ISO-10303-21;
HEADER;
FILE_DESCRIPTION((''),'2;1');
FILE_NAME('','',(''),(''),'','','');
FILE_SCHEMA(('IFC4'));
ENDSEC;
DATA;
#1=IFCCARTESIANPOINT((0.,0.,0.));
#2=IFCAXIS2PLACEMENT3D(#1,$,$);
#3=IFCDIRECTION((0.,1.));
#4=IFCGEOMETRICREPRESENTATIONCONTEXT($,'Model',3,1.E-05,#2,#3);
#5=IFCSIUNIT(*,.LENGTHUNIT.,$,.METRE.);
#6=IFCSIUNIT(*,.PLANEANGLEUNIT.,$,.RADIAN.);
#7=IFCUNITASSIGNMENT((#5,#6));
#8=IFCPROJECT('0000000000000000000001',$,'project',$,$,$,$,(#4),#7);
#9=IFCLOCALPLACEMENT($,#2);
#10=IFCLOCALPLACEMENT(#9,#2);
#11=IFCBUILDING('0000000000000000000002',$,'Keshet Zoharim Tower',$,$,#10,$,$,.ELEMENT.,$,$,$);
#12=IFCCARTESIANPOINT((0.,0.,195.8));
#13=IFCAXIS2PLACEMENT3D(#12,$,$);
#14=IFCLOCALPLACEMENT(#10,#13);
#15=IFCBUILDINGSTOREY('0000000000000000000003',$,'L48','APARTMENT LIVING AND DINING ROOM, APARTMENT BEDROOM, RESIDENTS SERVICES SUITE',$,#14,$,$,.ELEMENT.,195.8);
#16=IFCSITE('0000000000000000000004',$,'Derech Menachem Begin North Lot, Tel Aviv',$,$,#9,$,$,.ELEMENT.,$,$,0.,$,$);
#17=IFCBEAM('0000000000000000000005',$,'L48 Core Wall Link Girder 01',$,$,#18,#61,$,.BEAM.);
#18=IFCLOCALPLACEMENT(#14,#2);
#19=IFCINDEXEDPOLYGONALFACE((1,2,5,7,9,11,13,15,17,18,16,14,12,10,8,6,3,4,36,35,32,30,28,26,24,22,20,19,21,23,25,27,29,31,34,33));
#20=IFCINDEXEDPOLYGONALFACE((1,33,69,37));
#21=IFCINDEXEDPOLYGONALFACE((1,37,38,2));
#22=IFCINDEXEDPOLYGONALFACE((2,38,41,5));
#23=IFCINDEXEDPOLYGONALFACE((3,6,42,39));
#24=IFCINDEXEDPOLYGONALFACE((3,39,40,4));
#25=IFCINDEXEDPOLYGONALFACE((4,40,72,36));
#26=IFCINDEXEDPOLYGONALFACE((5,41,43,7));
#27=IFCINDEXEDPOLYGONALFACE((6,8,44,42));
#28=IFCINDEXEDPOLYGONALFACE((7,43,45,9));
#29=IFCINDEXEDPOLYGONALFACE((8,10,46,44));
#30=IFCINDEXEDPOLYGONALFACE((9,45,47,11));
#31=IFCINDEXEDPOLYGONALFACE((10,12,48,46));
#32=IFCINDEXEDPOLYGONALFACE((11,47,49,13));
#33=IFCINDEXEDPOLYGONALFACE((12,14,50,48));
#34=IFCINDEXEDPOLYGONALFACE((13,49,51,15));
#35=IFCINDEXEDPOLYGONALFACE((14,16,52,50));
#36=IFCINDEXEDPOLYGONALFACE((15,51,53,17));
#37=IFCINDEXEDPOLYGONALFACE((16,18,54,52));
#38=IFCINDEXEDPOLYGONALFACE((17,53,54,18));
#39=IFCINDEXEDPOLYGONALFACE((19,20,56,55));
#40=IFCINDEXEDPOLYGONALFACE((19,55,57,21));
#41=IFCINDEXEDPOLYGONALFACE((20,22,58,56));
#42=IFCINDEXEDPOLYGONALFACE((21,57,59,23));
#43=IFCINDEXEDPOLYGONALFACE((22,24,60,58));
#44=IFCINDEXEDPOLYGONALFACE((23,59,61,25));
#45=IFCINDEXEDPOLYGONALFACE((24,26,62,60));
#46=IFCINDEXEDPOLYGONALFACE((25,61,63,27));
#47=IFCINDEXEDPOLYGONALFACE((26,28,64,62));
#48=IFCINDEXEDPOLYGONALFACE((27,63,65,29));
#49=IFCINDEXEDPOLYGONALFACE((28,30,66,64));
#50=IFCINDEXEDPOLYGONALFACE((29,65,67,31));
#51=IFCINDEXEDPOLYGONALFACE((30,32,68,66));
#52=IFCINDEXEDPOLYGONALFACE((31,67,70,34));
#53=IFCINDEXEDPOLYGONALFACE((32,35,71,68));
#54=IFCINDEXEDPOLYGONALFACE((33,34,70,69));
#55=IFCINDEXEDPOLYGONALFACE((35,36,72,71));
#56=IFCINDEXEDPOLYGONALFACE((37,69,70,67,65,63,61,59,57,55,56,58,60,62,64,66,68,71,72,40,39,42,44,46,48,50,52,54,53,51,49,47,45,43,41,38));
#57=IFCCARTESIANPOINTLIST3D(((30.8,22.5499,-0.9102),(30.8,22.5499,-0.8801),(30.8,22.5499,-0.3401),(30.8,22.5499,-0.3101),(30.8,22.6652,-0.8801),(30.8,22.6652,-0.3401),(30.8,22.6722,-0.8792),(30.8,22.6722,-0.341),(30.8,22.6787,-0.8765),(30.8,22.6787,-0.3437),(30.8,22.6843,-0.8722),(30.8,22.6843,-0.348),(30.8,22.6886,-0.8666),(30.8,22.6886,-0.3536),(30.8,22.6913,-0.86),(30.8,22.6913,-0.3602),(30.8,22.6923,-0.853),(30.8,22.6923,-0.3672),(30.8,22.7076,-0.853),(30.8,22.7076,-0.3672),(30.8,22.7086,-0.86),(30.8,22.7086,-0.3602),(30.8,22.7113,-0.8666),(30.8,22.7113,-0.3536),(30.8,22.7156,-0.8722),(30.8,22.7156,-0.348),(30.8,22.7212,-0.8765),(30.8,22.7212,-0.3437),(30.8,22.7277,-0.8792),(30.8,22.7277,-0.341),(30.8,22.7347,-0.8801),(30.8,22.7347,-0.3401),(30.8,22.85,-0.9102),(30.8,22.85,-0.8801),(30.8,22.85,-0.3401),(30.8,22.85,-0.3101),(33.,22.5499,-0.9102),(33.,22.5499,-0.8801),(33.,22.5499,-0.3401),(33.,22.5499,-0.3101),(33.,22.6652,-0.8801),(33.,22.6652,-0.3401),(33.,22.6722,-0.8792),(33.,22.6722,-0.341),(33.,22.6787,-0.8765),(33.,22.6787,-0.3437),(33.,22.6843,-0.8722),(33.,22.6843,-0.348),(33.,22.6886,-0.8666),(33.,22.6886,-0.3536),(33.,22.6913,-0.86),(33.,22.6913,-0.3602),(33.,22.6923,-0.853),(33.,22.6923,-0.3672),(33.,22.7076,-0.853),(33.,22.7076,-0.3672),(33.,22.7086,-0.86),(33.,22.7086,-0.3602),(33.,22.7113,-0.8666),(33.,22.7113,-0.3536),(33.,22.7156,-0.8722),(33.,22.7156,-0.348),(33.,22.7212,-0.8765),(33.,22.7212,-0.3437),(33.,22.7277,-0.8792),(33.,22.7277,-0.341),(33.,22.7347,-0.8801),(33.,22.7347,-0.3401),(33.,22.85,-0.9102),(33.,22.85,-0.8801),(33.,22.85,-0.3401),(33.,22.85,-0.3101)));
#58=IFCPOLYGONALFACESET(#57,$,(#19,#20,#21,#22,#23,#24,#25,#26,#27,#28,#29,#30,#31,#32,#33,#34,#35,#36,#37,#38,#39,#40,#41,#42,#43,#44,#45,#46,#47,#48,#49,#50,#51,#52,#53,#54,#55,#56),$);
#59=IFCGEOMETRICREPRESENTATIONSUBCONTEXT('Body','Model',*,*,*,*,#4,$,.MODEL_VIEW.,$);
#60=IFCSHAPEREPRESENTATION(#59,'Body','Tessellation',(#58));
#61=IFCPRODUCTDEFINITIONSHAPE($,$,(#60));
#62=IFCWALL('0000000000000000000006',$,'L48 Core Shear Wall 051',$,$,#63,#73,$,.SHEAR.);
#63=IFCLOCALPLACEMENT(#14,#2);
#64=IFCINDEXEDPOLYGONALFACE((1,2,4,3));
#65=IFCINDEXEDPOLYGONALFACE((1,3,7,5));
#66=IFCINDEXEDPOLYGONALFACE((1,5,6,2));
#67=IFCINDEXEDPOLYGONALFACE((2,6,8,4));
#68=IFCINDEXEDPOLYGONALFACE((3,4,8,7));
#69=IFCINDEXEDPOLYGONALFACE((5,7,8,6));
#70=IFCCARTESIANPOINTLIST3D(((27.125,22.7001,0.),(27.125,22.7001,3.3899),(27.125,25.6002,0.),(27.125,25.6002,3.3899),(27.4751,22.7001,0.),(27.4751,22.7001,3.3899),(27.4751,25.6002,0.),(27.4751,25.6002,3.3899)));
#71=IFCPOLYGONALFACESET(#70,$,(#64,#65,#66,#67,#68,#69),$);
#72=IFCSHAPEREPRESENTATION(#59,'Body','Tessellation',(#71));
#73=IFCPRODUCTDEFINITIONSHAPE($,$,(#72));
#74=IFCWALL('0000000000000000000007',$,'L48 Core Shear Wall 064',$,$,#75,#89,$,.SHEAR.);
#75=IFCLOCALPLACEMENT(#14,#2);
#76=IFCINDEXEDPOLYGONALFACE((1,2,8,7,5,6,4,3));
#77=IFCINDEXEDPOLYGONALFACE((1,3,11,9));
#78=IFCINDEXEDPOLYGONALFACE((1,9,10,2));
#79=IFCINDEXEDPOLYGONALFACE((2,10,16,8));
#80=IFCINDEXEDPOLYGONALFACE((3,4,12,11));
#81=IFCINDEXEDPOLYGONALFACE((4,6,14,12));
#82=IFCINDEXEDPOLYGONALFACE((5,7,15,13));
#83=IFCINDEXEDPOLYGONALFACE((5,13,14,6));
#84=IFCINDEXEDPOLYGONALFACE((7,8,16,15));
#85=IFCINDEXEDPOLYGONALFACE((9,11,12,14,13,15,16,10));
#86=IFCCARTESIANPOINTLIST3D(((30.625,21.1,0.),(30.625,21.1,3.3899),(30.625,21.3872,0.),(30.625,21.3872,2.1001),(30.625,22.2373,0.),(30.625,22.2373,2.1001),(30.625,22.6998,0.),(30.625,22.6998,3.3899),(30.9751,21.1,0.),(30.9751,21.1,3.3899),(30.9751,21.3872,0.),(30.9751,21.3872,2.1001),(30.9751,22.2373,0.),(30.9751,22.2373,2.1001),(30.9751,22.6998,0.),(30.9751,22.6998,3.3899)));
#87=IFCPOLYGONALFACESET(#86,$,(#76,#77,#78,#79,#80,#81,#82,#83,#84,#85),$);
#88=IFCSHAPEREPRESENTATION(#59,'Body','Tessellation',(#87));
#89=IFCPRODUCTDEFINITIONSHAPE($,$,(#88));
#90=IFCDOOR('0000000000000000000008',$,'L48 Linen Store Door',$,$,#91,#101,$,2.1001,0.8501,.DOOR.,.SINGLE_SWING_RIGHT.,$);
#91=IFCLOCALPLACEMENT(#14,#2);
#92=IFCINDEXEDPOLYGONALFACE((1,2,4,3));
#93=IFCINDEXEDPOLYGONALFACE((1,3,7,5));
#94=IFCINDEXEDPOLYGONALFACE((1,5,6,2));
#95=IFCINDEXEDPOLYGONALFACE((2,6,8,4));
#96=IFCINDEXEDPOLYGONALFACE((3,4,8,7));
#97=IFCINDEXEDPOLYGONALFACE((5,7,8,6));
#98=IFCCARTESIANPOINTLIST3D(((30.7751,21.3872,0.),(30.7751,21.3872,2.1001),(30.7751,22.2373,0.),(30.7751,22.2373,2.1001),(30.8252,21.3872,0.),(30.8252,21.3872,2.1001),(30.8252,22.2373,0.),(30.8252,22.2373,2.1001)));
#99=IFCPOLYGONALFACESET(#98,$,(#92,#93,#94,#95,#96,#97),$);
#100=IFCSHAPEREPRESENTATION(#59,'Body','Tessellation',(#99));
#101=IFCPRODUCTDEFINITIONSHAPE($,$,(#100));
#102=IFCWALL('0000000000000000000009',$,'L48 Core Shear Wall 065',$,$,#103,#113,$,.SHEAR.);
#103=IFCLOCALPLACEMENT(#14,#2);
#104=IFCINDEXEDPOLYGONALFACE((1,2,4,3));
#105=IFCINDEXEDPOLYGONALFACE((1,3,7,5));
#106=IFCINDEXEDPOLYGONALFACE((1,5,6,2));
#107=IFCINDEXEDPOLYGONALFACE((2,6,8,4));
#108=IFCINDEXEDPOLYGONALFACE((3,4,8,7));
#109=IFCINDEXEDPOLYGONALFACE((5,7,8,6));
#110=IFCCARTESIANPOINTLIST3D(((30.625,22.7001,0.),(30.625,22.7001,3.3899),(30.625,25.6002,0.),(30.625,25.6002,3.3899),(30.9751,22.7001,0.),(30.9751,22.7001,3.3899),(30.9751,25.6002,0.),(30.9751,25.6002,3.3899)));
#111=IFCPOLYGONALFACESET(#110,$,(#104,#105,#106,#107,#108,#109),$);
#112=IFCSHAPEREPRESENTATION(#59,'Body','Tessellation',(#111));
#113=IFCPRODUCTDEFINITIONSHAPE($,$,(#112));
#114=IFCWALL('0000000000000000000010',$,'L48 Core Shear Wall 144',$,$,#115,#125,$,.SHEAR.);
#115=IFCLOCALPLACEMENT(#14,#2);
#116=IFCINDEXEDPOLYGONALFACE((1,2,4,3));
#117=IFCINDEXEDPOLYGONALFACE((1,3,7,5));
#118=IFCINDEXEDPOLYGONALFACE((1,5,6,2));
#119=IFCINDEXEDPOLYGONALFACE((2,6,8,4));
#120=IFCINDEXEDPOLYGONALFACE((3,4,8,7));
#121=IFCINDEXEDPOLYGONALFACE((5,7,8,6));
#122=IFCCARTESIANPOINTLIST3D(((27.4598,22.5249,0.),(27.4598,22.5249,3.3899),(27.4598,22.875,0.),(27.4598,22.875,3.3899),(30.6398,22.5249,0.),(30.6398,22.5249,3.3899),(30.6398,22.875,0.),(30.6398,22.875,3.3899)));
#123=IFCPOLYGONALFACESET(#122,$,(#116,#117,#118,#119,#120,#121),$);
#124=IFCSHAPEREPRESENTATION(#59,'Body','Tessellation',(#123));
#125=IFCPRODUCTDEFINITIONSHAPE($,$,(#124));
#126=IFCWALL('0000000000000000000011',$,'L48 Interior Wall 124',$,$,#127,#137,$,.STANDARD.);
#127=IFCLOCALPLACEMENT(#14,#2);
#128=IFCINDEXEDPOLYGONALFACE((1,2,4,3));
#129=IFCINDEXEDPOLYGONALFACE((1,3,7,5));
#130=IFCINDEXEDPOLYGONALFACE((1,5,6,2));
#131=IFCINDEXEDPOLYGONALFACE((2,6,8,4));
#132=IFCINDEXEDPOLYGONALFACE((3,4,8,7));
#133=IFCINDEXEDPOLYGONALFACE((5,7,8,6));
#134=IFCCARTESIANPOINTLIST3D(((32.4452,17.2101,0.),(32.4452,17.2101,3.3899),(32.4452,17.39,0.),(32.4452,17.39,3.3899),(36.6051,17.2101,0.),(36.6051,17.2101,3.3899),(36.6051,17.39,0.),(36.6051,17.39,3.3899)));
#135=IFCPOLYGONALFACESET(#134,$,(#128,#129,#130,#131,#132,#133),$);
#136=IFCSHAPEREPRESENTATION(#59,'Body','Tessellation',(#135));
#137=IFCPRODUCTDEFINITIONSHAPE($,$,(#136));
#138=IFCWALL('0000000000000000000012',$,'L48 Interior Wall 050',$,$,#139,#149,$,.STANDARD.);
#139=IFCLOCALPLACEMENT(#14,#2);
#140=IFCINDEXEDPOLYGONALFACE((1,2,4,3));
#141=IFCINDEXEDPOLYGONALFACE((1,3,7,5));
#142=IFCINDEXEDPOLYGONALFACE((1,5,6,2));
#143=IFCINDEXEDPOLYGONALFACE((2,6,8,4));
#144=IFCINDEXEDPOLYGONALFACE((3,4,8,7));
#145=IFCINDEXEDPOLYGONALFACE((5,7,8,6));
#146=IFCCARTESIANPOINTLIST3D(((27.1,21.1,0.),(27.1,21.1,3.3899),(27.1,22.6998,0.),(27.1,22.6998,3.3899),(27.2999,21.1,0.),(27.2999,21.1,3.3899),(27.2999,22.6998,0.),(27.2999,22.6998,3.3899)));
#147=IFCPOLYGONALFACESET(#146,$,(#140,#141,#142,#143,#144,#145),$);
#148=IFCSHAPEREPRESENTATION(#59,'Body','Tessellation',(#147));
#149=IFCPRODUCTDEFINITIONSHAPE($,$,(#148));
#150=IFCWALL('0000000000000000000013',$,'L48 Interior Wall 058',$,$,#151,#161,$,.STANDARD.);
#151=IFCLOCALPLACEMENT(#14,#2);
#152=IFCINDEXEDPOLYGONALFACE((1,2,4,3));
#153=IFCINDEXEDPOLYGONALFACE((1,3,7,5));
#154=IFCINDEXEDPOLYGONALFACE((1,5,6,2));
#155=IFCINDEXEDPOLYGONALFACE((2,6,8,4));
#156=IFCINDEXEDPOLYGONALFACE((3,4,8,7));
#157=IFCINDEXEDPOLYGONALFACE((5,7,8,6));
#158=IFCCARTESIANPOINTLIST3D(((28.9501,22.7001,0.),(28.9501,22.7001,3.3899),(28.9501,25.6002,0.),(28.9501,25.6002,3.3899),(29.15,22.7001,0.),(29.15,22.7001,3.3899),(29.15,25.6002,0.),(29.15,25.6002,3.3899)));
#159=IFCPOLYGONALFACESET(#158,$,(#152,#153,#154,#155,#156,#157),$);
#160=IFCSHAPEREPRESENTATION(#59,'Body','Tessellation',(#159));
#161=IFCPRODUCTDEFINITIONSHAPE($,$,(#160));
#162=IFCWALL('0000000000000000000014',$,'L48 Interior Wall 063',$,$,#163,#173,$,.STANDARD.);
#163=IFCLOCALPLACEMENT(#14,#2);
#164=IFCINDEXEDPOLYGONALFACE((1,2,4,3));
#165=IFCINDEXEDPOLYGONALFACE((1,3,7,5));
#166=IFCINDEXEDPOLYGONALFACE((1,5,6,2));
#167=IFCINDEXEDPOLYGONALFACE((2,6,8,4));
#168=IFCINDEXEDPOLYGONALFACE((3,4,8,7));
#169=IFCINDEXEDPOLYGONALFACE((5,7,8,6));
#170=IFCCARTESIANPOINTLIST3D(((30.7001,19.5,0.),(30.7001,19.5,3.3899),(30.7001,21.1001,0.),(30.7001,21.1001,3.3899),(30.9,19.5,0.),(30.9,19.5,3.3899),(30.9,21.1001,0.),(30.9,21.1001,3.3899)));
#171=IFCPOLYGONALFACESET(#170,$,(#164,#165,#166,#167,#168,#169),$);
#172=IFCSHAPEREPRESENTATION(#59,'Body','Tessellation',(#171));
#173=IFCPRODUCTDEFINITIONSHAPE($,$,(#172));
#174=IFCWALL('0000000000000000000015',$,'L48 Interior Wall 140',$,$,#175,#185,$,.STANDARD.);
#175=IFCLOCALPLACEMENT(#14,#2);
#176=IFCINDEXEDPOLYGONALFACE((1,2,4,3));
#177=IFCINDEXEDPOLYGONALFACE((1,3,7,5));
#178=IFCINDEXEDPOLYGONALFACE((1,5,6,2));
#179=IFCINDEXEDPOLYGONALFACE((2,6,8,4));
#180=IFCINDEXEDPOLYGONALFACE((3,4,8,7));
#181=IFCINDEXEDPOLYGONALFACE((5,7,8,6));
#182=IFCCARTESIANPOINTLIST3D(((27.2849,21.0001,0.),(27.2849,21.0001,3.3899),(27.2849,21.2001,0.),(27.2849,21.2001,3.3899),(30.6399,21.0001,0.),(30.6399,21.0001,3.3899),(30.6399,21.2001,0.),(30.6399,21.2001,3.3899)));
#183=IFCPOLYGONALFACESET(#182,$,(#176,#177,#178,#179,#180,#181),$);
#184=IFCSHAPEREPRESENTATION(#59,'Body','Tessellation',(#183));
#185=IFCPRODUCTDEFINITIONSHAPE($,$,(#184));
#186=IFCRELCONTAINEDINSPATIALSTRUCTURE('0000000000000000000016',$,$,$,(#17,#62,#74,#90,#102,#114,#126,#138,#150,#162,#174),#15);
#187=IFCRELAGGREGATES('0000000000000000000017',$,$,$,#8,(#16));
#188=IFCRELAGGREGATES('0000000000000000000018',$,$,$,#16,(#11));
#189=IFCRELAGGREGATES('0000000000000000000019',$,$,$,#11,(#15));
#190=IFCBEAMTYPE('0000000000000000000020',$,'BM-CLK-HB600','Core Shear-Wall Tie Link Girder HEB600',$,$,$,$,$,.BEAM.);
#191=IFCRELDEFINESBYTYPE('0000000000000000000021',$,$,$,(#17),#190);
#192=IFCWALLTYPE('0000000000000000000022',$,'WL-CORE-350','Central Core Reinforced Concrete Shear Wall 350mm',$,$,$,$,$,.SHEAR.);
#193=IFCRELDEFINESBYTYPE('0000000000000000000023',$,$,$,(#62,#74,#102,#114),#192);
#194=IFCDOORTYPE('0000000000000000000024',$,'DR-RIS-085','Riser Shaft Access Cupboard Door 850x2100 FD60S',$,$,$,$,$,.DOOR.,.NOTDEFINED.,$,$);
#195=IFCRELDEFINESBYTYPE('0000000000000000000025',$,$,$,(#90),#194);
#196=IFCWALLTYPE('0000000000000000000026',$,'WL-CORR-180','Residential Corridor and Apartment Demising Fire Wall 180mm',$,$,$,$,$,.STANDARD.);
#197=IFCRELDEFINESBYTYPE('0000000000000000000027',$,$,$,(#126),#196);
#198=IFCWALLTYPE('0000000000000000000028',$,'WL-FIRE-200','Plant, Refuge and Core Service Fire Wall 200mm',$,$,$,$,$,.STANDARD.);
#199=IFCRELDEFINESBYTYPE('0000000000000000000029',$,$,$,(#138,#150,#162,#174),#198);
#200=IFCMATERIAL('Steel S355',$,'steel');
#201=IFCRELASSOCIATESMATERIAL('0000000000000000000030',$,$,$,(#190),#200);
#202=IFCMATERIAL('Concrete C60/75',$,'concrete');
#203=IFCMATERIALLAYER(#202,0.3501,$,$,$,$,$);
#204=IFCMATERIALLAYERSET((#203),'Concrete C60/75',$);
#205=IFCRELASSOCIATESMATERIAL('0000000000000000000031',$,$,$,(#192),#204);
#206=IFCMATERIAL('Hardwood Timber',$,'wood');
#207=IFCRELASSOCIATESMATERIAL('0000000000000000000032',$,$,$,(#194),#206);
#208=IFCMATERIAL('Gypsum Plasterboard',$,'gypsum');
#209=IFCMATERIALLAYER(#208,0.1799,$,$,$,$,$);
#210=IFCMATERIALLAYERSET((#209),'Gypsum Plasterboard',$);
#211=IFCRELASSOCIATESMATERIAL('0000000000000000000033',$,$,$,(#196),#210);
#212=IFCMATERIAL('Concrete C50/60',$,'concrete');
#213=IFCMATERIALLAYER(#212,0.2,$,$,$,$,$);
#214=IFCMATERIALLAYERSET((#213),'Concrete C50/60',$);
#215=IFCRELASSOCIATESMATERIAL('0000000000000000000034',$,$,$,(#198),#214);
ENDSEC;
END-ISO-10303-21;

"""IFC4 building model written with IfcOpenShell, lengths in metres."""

from ifc_helpers import new_model, si_unit, direction, frame, frame_2d, origin, origin_2d, place, context, subcontext, project, spatial, rectangle, i_section, extrude, material, layer, layer_set, material_profile, profile_set, type_object, element, fill, save


model = new_model("IFC4")

# Units and contexts
model_context = context("Model", 3, precision=1e-05, world=origin(), true_north=direction((0.0, 1.0)))
body_context = subcontext(model_context, "Body", "Model", "MODEL_VIEW")
ifc_project = project(units=[si_unit("LENGTHUNIT", "METRE"), si_unit("PLANEANGLEUNIT", "RADIAN")], contexts=[model_context])

# Site, building, storey
site_placement = place(None, origin())
site = spatial("IfcSite", under=ifc_project, at=site_placement, Name="Derech Menachem Begin North Lot, Tel Aviv", CompositionType="ELEMENT", RefElevation=0.0)
building_placement = place(site_placement, origin())
building = spatial("IfcBuilding", under=site, at=building_placement, Name="Keshet Zoharim Tower", CompositionType="ELEMENT")
storey_placement = place(building_placement, frame((0.0, 0.0, 195.8)))
storey = spatial("IfcBuildingStorey", under=building, at=storey_placement, Name="L48", Description="APARTMENT LIVING AND DINING ROOM, APARTMENT BEDROOM, RESIDENTS SERVICES SUITE", CompositionType="ELEMENT", Elevation=195.8)

# Beam
ifc_material_1 = material(Name="Steel S355", Category="steel")
ifc_material_profile = material_profile(ifc_material_1, i_section(OverallWidth=0.3, OverallDepth=0.6001, WebThickness=0.0154, FlangeThickness=0.03, FilletRadius=0.0271, at=origin_2d()), Name="HEB600")
ifc_profile_set = profile_set([ifc_material_profile], Name="Steel S355")
beam_type = type_object("IfcBeamType", Name="BM-CLK-HB600", Description="Core Shear-Wall Tie Link Girder HEB600", PredefinedType="BEAM", material=ifc_profile_set)
beam_placement = place(storey_placement, frame((30.8, 22.7, -0.6101), z_axis=(1.0, 0.0, 0.0), x_axis=(0.0, 1.0, 0.0)))
element("IfcBeam", 1, at=beam_placement, inside=storey, type_object=beam_type, Name="L48 Core Wall Link Girder 01", PredefinedType="BEAM", context=body_context, shape_type="SweptSolid", body=[
    extrude(i_section(OverallWidth=0.3, OverallDepth=0.6001, WebThickness=0.0154, FlangeThickness=0.03, FilletRadius=0.0271, at=origin_2d()), origin(), (0.0, 0.0, 1.0), 2.2),
])

# Wall
ifc_material_2 = material(Name="Concrete C60/75", Category="concrete")
ifc_layer_1 = layer(ifc_material_2, 0.3501)
ifc_layer_set_1 = layer_set([ifc_layer_1], Name="Concrete C60/75")
wall_type_1 = type_object("IfcWallType", Name="WL-CORE-350", Description="Central Core Reinforced Concrete Shear Wall 350mm", PredefinedType="SHEAR", material=ifc_layer_set_1)
wall_1_placement = place(storey_placement, frame((27.3, 22.7, 0.0), z_axis=(0.0, 0.0, 1.0), x_axis=(0.0, 1.0, 0.0)))
element("IfcWall", 2, at=wall_1_placement, inside=storey, type_object=wall_type_1, Name="L48 Core Shear Wall 051", PredefinedType="SHEAR", context=body_context, shape_type="SweptSolid", body=[
    extrude(rectangle(XDim=2.9001, YDim=0.3501, at=frame_2d((1.4502, 0.0))), origin(), (0.0, 0.0, 1.0), 3.3899),
])

# Wall, opening, door
wall_2_placement = place(storey_placement, frame((30.8, 21.1001, 0.0), z_axis=(0.0, 0.0, 1.0), x_axis=(0.0, 1.0, 0.0)))
wall_2 = element("IfcWall", 3, at=wall_2_placement, inside=storey, type_object=wall_type_1, Name="L48 Core Shear Wall 064", PredefinedType="SHEAR", context=body_context, shape_type="SweptSolid", body=[
    extrude(rectangle(XDim=1.5999, YDim=0.3501, at=frame_2d((0.7998, 0.0))), origin(), (0.0, 0.0, 1.0), 3.3899),
])
opening_1_placement = place(wall_2_placement, frame((0.2871, 0.0, 0.0)))
opening_1 = element("IfcOpeningElement", 4, at=opening_1_placement, cuts=wall_2, PredefinedType="OPENING", context=body_context, shape_type="SweptSolid", body=[
    extrude(rectangle(XDim=0.8501, YDim=2.1001, at=frame_2d((0.425, 1.05))), frame((0.0, 0.1851, 0.0), z_axis=(0.0, -1.0, 0.0), x_axis=(1.0, 0.0, 0.0)), (0.0, 0.0, 1.0), 0.3701),
])
ifc_material_3 = material(Name="Hardwood Timber", Category="wood")
door_type_1 = type_object("IfcDoorType", Name="DR-RIS-085", Description="Riser Shaft Access Cupboard Door 850x2100 FD60S", OperationType="NOTDEFINED", PredefinedType="DOOR", material=ifc_material_3)
door_1_placement = place(opening_1_placement, origin())
door_1 = element("IfcDoor", 5, at=door_1_placement, inside=storey, type_object=door_type_1, Name="L48 Linen Store Door", OperationType="SINGLE_SWING_RIGHT", OverallHeight=2.1001, OverallWidth=0.8501, PredefinedType="DOOR", context=body_context, shape_type="SweptSolid", body=[
    extrude(rectangle(XDim=0.8501, YDim=2.1001, at=frame_2d((0.425, 1.05))), frame((0.0, 0.0249, 0.0), z_axis=(0.0, -1.0, 0.0), x_axis=(1.0, 0.0, 0.0)), (0.0, 0.0, 1.0), 0.05),
])
fill(opening_1, door_1)

# Walls
wall_3_placement = place(storey_placement, frame((30.8, 22.7, 0.0), z_axis=(0.0, 0.0, 1.0), x_axis=(0.0, 1.0, 0.0)))
element("IfcWall", 6, at=wall_3_placement, inside=storey, type_object=wall_type_1, Name="L48 Core Shear Wall 065", PredefinedType="SHEAR", context=body_context, shape_type="SweptSolid", body=[
    extrude(rectangle(XDim=2.9001, YDim=0.3501, at=frame_2d((1.4502, 0.0))), origin(), (0.0, 0.0, 1.0), 3.3899),
])
wall_4_placement = place(storey_placement, frame((27.46, 22.7, 0.0), z_axis=(0.0, 0.0, 1.0), x_axis=(1.0, 0.0, 0.0)))
element("IfcWall", 7, at=wall_4_placement, inside=storey, type_object=wall_type_1, Name="L48 Core Shear Wall 144", PredefinedType="SHEAR", context=body_context, shape_type="SweptSolid", body=[
    extrude(rectangle(XDim=3.1799, YDim=0.3501, at=frame_2d((1.5898, 0.0))), origin(), (0.0, 0.0, 1.0), 3.3899),
])

# Shared definitions
ifc_material_4 = material(Name="Gypsum Plasterboard", Category="gypsum")
ifc_layer_2 = layer(ifc_material_4, 0.1799)
ifc_layer_set_2 = layer_set([ifc_layer_2], Name="Gypsum Plasterboard")
wall_type_2 = type_object("IfcWallType", Name="WL-CORR-180", Description="Residential Corridor and Apartment Demising Fire Wall 180mm", PredefinedType="STANDARD", material=ifc_layer_set_2)

# Walls
wall_5_placement = place(storey_placement, frame((32.4451, 17.3, 0.0), z_axis=(0.0, 0.0, 1.0), x_axis=(1.0, 0.0, 0.0)))
element("IfcWall", 8, at=wall_5_placement, inside=storey, type_object=wall_type_2, Name="L48 Interior Wall 124", PredefinedType="STANDARD", context=body_context, shape_type="SweptSolid", body=[
    extrude(rectangle(XDim=4.1599, YDim=0.1799, at=frame_2d((2.0801, 0.0))), origin(), (0.0, 0.0, 1.0), 3.3899),
])
ifc_material_5 = material(Name="Concrete C50/60", Category="concrete")
ifc_layer_3 = layer(ifc_material_5, 0.2)
ifc_layer_set_3 = layer_set([ifc_layer_3], Name="Concrete C50/60")
wall_type_3 = type_object("IfcWallType", Name="WL-FIRE-200", Description="Plant, Refuge and Core Service Fire Wall 200mm", PredefinedType="STANDARD", material=ifc_layer_set_3)
wall_6_placement = place(storey_placement, frame((27.2, 21.1001, 0.0), z_axis=(0.0, 0.0, 1.0), x_axis=(0.0, 1.0, 0.0)))
element("IfcWall", 9, at=wall_6_placement, inside=storey, type_object=wall_type_3, Name="L48 Interior Wall 050", PredefinedType="STANDARD", context=body_context, shape_type="SweptSolid", body=[
    extrude(rectangle(XDim=1.5999, YDim=0.2, at=frame_2d((0.7998, 0.0))), origin(), (0.0, 0.0, 1.0), 3.3899),
])
wall_7_placement = place(storey_placement, frame((29.05, 22.7, 0.0), z_axis=(0.0, 0.0, 1.0), x_axis=(0.0, 1.0, 0.0)))
element("IfcWall", 10, at=wall_7_placement, inside=storey, type_object=wall_type_3, Name="L48 Interior Wall 058", PredefinedType="STANDARD", context=body_context, shape_type="SweptSolid", body=[
    extrude(rectangle(XDim=2.9001, YDim=0.2, at=frame_2d((1.4502, 0.0))), origin(), (0.0, 0.0, 1.0), 3.3899),
])
wall_8_placement = place(storey_placement, frame((30.8, 19.5, 0.0), z_axis=(0.0, 0.0, 1.0), x_axis=(0.0, 1.0, 0.0)))
element("IfcWall", 11, at=wall_8_placement, inside=storey, type_object=wall_type_3, Name="L48 Interior Wall 063", PredefinedType="STANDARD", context=body_context, shape_type="SweptSolid", body=[
    extrude(rectangle(XDim=1.6001, YDim=0.2, at=frame_2d((0.8, 0.0))), origin(), (0.0, 0.0, 1.0), 3.3899),
])

# Wall
wall_9_placement = place(storey_placement, frame((27.2849, 21.1001, 0.0), z_axis=(0.0, 0.0, 1.0), x_axis=(1.0, 0.0, 0.0)))
element("IfcWall", 12, at=wall_9_placement, inside=storey, type_object=wall_type_3, Name="L48 Interior Wall 140", PredefinedType="STANDARD", context=body_context, shape_type="SweptSolid", body=[
    extrude(rectangle(XDim=3.355, YDim=0.2, at=frame_2d((1.6775, 0.0))), origin(), (0.0, 0.0, 1.0), 3.3899),
])

save(model, "model.ifc")
